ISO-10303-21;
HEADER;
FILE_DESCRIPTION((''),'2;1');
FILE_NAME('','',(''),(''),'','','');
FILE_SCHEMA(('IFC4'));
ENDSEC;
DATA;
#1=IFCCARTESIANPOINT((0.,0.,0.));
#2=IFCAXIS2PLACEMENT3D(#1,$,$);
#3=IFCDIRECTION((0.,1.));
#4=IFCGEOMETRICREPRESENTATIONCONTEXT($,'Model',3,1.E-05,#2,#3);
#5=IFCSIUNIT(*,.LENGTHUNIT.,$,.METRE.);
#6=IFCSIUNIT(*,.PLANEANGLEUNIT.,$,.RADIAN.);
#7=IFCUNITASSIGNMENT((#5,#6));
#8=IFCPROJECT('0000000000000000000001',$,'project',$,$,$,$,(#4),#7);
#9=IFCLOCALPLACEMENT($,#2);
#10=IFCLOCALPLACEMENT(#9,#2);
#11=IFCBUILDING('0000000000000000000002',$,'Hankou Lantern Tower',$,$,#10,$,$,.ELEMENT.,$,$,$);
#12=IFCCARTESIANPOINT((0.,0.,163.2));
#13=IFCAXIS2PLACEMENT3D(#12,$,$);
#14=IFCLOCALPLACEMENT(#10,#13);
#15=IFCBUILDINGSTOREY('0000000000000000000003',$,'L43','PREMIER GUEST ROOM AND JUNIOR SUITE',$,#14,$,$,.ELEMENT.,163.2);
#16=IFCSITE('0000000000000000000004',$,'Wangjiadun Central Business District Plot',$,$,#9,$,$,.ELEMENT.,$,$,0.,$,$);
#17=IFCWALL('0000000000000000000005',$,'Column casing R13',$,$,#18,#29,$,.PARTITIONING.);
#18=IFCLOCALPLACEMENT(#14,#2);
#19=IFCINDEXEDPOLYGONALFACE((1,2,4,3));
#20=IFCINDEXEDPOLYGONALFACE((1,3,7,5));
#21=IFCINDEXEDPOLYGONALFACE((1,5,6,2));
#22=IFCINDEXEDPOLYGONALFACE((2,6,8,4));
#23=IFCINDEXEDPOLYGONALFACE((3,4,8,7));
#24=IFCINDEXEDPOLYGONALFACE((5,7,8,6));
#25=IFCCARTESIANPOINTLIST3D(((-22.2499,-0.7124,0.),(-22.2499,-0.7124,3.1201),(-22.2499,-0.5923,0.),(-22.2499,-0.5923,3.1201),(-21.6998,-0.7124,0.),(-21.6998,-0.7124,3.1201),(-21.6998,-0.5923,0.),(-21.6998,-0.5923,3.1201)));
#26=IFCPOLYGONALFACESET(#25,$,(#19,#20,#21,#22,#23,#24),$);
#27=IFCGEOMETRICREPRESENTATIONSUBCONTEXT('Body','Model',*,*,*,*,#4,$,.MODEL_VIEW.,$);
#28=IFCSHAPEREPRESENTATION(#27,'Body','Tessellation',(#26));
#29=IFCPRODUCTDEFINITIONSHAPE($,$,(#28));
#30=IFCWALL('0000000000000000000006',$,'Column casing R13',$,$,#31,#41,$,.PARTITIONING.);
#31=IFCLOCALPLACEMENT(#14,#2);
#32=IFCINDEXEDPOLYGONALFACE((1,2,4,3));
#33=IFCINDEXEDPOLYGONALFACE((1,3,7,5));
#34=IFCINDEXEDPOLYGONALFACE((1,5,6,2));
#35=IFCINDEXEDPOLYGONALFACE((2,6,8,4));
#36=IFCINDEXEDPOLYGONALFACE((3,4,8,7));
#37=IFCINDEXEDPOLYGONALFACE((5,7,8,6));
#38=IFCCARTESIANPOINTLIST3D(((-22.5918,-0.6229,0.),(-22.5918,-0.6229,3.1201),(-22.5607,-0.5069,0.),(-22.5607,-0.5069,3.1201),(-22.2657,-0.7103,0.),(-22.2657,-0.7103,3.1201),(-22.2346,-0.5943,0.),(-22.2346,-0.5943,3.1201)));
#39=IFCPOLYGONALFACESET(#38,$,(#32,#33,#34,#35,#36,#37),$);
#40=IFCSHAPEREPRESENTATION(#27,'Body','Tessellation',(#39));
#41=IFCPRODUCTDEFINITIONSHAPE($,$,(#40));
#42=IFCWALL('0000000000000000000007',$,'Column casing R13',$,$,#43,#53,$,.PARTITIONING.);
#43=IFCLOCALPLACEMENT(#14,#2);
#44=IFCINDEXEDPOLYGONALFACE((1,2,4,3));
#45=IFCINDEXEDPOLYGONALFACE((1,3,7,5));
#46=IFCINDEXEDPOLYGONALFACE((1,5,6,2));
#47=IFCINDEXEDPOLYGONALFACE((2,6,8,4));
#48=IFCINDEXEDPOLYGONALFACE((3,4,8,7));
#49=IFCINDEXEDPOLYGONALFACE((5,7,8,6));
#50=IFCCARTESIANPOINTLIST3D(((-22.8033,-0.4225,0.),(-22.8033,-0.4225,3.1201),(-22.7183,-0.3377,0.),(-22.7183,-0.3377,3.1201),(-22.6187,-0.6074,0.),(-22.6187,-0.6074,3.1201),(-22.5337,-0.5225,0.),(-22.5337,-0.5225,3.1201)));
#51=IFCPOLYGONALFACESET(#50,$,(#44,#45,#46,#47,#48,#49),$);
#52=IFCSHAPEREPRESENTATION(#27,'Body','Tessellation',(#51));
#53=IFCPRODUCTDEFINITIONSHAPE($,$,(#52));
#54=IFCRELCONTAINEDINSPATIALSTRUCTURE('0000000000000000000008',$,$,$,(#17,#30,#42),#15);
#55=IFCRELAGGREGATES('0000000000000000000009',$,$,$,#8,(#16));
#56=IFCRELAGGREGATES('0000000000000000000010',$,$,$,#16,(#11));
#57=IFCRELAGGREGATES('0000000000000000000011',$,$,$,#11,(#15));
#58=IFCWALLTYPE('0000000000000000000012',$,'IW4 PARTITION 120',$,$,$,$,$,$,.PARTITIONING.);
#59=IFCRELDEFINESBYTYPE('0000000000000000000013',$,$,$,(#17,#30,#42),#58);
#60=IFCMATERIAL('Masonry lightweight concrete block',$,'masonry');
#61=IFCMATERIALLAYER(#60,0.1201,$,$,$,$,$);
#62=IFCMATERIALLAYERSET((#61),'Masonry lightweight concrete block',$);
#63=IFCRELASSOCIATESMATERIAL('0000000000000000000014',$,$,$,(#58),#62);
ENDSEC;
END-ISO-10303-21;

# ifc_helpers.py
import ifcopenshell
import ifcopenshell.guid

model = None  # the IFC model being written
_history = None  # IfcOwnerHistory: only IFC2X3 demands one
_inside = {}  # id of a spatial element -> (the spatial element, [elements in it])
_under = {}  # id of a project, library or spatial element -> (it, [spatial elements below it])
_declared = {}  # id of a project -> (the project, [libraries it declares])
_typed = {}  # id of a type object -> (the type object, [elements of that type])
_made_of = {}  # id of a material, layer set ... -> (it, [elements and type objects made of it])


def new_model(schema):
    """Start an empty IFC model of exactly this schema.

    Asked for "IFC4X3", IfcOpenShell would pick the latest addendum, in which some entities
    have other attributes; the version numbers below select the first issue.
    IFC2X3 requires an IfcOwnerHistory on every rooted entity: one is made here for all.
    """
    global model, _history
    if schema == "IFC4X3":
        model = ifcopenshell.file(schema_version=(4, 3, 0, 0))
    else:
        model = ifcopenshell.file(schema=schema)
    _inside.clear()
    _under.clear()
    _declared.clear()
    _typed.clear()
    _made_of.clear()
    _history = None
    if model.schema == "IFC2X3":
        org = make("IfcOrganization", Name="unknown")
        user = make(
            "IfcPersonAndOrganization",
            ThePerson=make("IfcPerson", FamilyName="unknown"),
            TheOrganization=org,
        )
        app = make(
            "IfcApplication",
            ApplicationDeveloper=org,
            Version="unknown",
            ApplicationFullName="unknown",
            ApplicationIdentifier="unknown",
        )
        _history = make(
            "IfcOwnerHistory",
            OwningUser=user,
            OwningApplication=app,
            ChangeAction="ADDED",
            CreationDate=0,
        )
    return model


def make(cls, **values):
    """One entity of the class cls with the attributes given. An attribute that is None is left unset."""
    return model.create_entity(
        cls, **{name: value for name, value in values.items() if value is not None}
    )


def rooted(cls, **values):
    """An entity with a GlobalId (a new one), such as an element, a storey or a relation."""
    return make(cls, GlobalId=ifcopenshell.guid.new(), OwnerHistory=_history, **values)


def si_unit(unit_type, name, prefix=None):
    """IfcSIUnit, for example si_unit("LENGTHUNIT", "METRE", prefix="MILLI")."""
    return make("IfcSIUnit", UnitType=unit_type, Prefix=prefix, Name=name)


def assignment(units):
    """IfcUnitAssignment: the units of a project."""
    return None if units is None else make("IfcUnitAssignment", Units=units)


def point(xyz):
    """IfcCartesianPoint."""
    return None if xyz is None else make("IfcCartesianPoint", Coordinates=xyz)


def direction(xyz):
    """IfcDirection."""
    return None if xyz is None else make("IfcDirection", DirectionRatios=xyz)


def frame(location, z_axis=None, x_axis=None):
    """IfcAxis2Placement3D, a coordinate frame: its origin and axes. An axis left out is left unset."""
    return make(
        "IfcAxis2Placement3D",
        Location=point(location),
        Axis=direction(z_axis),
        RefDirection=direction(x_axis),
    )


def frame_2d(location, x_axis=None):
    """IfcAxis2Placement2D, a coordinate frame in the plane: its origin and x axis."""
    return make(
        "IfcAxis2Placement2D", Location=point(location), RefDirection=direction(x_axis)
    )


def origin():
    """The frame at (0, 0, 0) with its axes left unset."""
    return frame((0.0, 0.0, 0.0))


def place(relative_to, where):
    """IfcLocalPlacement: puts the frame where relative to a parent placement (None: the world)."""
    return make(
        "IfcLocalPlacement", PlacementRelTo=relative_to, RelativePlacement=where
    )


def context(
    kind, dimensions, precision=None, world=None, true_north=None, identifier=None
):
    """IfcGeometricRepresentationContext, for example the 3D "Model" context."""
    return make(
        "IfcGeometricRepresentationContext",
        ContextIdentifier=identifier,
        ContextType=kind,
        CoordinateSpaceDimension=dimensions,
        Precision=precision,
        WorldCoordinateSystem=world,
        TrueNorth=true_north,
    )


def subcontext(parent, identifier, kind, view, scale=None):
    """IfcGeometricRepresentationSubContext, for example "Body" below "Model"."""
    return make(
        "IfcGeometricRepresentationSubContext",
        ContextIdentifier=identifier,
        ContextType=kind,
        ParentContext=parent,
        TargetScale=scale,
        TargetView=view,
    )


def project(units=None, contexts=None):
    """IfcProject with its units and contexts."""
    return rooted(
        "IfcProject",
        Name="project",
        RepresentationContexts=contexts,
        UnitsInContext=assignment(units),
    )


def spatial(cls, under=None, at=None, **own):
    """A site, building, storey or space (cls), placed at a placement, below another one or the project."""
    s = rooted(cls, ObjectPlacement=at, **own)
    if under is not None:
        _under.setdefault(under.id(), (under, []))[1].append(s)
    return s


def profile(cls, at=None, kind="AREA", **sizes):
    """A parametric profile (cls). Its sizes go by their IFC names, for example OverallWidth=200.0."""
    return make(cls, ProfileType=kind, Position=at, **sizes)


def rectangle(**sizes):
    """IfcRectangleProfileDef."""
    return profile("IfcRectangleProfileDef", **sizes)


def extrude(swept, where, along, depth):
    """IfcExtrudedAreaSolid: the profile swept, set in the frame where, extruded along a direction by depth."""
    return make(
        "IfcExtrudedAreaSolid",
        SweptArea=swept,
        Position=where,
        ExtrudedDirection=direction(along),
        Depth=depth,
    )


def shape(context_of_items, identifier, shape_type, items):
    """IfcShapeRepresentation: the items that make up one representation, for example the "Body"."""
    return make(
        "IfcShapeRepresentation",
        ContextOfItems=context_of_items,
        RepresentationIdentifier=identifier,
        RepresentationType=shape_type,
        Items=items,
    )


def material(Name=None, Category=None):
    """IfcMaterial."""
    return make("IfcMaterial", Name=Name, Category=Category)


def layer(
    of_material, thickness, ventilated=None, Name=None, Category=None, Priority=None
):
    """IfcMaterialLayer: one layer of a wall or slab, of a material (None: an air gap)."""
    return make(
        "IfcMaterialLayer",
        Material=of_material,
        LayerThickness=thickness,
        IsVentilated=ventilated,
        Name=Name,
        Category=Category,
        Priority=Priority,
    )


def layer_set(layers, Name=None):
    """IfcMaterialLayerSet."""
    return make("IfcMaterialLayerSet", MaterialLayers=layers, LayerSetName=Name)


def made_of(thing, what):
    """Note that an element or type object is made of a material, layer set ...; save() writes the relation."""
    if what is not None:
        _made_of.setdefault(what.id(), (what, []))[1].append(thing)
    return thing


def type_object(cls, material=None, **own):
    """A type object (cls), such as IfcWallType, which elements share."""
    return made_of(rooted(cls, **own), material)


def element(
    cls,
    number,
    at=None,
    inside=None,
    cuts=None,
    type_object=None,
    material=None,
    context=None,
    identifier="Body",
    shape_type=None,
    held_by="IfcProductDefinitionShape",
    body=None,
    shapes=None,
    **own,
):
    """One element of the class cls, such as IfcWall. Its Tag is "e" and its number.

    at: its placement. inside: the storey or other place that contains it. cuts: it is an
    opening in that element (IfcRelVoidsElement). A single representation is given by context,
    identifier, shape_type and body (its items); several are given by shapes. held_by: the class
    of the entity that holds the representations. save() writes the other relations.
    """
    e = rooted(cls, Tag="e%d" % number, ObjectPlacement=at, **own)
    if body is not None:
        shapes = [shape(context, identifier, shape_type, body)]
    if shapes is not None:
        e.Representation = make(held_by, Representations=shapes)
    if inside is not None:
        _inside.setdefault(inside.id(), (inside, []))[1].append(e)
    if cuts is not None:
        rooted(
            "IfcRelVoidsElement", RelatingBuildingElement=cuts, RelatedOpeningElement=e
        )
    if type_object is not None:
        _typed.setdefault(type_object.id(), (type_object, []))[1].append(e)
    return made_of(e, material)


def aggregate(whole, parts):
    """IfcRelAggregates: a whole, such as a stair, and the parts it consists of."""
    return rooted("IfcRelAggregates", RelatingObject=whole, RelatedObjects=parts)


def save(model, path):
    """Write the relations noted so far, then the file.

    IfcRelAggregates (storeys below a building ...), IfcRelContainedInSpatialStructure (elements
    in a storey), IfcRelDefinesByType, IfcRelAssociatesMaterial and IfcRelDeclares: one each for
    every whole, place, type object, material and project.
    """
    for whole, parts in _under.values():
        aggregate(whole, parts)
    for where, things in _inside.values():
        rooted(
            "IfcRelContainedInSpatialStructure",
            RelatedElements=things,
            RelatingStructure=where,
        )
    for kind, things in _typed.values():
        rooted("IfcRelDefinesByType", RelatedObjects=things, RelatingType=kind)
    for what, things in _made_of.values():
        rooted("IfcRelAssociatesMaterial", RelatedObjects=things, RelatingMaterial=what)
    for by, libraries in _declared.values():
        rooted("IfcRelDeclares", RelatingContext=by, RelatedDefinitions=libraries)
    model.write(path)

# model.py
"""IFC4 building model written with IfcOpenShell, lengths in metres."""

from ifc_helpers import new_model, si_unit, direction, frame, frame_2d, origin, place, context, subcontext, project, spatial, rectangle, extrude, material, layer, layer_set, type_object, element, save


model = new_model("IFC4")

# Units and contexts
model_context = context("Model", 3, precision=1e-05, world=origin(), true_north=direction((0.0, 1.0)))
body_context = subcontext(model_context, "Body", "Model", "MODEL_VIEW")
ifc_project = project(units=[si_unit("LENGTHUNIT", "METRE"), si_unit("PLANEANGLEUNIT", "RADIAN")], contexts=[model_context])

# Site, building, storey
site_placement = place(None, origin())
site = spatial("IfcSite", under=ifc_project, at=site_placement, Name="Wangjiadun Central Business District Plot", CompositionType="ELEMENT", RefElevation=0.0)
building_placement = place(site_placement, origin())
building = spatial("IfcBuilding", under=site, at=building_placement, Name="Hankou Lantern Tower", CompositionType="ELEMENT")
storey_placement = place(building_placement, frame((0.0, 0.0, 163.2)))
storey = spatial("IfcBuildingStorey", under=building, at=storey_placement, Name="L43", Description="PREMIER GUEST ROOM AND JUNIOR SUITE", CompositionType="ELEMENT", Elevation=163.2)

# Walls
ifc_material_1 = material(Name="Masonry lightweight concrete block", Category="masonry")
ifc_layer_1 = layer(ifc_material_1, 0.1201)
ifc_layer_set_1 = layer_set([ifc_layer_1], Name="Masonry lightweight concrete block")
wall_type_1 = type_object("IfcWallType", Name="IW4 PARTITION 120", PredefinedType="PARTITIONING", material=ifc_layer_set_1)
wall_1_placement = place(storey_placement, frame((-21.7, -0.6523, 0.0), z_axis=(0.0, 0.0, 1.0), x_axis=(-1.0, 0.0, 0.0)))
element("IfcWall", 1, at=wall_1_placement, inside=storey, type_object=wall_type_1, Name="Column casing R13", PredefinedType="PARTITIONING", context=body_context, shape_type="SweptSolid", body=[
    extrude(rectangle(XDim=0.55, YDim=0.1201, at=frame_2d((0.2749, 0.0))), origin(), (0.0, 0.0, 1.0), 3.1201),
])
wall_2_placement = place(storey_placement, frame((-22.25, -0.6523, 0.0), z_axis=(0.0, 0.0, 1.0), x_axis=(-0.965922, 0.258832, 0.0)))
element("IfcWall", 2, at=wall_2_placement, inside=storey, type_object=wall_type_1, Name="Column casing R13", PredefinedType="PARTITIONING", context=body_context, shape_type="SweptSolid", body=[
    extrude(rectangle(XDim=0.3376, YDim=0.1201, at=frame_2d((0.1689, 0.0))), origin(), (0.0, 0.0, 1.0), 3.1201),
])
wall_3_placement = place(storey_placement, frame((-22.5762, -0.5649, 0.0), z_axis=(0.0, 0.0, 1.0), x_axis=(-0.706639, 0.707574, 0.0)))
element("IfcWall", 3, at=wall_3_placement, inside=storey, type_object=wall_type_1, Name="Column casing R13", PredefinedType="PARTITIONING", context=body_context, shape_type="SweptSolid", body=[
    extrude(rectangle(XDim=0.2612, YDim=0.1201, at=frame_2d((0.1306, 0.0))), origin(), (0.0, 0.0, 1.0), 3.1201),
])

save(model, "model.ifc")
